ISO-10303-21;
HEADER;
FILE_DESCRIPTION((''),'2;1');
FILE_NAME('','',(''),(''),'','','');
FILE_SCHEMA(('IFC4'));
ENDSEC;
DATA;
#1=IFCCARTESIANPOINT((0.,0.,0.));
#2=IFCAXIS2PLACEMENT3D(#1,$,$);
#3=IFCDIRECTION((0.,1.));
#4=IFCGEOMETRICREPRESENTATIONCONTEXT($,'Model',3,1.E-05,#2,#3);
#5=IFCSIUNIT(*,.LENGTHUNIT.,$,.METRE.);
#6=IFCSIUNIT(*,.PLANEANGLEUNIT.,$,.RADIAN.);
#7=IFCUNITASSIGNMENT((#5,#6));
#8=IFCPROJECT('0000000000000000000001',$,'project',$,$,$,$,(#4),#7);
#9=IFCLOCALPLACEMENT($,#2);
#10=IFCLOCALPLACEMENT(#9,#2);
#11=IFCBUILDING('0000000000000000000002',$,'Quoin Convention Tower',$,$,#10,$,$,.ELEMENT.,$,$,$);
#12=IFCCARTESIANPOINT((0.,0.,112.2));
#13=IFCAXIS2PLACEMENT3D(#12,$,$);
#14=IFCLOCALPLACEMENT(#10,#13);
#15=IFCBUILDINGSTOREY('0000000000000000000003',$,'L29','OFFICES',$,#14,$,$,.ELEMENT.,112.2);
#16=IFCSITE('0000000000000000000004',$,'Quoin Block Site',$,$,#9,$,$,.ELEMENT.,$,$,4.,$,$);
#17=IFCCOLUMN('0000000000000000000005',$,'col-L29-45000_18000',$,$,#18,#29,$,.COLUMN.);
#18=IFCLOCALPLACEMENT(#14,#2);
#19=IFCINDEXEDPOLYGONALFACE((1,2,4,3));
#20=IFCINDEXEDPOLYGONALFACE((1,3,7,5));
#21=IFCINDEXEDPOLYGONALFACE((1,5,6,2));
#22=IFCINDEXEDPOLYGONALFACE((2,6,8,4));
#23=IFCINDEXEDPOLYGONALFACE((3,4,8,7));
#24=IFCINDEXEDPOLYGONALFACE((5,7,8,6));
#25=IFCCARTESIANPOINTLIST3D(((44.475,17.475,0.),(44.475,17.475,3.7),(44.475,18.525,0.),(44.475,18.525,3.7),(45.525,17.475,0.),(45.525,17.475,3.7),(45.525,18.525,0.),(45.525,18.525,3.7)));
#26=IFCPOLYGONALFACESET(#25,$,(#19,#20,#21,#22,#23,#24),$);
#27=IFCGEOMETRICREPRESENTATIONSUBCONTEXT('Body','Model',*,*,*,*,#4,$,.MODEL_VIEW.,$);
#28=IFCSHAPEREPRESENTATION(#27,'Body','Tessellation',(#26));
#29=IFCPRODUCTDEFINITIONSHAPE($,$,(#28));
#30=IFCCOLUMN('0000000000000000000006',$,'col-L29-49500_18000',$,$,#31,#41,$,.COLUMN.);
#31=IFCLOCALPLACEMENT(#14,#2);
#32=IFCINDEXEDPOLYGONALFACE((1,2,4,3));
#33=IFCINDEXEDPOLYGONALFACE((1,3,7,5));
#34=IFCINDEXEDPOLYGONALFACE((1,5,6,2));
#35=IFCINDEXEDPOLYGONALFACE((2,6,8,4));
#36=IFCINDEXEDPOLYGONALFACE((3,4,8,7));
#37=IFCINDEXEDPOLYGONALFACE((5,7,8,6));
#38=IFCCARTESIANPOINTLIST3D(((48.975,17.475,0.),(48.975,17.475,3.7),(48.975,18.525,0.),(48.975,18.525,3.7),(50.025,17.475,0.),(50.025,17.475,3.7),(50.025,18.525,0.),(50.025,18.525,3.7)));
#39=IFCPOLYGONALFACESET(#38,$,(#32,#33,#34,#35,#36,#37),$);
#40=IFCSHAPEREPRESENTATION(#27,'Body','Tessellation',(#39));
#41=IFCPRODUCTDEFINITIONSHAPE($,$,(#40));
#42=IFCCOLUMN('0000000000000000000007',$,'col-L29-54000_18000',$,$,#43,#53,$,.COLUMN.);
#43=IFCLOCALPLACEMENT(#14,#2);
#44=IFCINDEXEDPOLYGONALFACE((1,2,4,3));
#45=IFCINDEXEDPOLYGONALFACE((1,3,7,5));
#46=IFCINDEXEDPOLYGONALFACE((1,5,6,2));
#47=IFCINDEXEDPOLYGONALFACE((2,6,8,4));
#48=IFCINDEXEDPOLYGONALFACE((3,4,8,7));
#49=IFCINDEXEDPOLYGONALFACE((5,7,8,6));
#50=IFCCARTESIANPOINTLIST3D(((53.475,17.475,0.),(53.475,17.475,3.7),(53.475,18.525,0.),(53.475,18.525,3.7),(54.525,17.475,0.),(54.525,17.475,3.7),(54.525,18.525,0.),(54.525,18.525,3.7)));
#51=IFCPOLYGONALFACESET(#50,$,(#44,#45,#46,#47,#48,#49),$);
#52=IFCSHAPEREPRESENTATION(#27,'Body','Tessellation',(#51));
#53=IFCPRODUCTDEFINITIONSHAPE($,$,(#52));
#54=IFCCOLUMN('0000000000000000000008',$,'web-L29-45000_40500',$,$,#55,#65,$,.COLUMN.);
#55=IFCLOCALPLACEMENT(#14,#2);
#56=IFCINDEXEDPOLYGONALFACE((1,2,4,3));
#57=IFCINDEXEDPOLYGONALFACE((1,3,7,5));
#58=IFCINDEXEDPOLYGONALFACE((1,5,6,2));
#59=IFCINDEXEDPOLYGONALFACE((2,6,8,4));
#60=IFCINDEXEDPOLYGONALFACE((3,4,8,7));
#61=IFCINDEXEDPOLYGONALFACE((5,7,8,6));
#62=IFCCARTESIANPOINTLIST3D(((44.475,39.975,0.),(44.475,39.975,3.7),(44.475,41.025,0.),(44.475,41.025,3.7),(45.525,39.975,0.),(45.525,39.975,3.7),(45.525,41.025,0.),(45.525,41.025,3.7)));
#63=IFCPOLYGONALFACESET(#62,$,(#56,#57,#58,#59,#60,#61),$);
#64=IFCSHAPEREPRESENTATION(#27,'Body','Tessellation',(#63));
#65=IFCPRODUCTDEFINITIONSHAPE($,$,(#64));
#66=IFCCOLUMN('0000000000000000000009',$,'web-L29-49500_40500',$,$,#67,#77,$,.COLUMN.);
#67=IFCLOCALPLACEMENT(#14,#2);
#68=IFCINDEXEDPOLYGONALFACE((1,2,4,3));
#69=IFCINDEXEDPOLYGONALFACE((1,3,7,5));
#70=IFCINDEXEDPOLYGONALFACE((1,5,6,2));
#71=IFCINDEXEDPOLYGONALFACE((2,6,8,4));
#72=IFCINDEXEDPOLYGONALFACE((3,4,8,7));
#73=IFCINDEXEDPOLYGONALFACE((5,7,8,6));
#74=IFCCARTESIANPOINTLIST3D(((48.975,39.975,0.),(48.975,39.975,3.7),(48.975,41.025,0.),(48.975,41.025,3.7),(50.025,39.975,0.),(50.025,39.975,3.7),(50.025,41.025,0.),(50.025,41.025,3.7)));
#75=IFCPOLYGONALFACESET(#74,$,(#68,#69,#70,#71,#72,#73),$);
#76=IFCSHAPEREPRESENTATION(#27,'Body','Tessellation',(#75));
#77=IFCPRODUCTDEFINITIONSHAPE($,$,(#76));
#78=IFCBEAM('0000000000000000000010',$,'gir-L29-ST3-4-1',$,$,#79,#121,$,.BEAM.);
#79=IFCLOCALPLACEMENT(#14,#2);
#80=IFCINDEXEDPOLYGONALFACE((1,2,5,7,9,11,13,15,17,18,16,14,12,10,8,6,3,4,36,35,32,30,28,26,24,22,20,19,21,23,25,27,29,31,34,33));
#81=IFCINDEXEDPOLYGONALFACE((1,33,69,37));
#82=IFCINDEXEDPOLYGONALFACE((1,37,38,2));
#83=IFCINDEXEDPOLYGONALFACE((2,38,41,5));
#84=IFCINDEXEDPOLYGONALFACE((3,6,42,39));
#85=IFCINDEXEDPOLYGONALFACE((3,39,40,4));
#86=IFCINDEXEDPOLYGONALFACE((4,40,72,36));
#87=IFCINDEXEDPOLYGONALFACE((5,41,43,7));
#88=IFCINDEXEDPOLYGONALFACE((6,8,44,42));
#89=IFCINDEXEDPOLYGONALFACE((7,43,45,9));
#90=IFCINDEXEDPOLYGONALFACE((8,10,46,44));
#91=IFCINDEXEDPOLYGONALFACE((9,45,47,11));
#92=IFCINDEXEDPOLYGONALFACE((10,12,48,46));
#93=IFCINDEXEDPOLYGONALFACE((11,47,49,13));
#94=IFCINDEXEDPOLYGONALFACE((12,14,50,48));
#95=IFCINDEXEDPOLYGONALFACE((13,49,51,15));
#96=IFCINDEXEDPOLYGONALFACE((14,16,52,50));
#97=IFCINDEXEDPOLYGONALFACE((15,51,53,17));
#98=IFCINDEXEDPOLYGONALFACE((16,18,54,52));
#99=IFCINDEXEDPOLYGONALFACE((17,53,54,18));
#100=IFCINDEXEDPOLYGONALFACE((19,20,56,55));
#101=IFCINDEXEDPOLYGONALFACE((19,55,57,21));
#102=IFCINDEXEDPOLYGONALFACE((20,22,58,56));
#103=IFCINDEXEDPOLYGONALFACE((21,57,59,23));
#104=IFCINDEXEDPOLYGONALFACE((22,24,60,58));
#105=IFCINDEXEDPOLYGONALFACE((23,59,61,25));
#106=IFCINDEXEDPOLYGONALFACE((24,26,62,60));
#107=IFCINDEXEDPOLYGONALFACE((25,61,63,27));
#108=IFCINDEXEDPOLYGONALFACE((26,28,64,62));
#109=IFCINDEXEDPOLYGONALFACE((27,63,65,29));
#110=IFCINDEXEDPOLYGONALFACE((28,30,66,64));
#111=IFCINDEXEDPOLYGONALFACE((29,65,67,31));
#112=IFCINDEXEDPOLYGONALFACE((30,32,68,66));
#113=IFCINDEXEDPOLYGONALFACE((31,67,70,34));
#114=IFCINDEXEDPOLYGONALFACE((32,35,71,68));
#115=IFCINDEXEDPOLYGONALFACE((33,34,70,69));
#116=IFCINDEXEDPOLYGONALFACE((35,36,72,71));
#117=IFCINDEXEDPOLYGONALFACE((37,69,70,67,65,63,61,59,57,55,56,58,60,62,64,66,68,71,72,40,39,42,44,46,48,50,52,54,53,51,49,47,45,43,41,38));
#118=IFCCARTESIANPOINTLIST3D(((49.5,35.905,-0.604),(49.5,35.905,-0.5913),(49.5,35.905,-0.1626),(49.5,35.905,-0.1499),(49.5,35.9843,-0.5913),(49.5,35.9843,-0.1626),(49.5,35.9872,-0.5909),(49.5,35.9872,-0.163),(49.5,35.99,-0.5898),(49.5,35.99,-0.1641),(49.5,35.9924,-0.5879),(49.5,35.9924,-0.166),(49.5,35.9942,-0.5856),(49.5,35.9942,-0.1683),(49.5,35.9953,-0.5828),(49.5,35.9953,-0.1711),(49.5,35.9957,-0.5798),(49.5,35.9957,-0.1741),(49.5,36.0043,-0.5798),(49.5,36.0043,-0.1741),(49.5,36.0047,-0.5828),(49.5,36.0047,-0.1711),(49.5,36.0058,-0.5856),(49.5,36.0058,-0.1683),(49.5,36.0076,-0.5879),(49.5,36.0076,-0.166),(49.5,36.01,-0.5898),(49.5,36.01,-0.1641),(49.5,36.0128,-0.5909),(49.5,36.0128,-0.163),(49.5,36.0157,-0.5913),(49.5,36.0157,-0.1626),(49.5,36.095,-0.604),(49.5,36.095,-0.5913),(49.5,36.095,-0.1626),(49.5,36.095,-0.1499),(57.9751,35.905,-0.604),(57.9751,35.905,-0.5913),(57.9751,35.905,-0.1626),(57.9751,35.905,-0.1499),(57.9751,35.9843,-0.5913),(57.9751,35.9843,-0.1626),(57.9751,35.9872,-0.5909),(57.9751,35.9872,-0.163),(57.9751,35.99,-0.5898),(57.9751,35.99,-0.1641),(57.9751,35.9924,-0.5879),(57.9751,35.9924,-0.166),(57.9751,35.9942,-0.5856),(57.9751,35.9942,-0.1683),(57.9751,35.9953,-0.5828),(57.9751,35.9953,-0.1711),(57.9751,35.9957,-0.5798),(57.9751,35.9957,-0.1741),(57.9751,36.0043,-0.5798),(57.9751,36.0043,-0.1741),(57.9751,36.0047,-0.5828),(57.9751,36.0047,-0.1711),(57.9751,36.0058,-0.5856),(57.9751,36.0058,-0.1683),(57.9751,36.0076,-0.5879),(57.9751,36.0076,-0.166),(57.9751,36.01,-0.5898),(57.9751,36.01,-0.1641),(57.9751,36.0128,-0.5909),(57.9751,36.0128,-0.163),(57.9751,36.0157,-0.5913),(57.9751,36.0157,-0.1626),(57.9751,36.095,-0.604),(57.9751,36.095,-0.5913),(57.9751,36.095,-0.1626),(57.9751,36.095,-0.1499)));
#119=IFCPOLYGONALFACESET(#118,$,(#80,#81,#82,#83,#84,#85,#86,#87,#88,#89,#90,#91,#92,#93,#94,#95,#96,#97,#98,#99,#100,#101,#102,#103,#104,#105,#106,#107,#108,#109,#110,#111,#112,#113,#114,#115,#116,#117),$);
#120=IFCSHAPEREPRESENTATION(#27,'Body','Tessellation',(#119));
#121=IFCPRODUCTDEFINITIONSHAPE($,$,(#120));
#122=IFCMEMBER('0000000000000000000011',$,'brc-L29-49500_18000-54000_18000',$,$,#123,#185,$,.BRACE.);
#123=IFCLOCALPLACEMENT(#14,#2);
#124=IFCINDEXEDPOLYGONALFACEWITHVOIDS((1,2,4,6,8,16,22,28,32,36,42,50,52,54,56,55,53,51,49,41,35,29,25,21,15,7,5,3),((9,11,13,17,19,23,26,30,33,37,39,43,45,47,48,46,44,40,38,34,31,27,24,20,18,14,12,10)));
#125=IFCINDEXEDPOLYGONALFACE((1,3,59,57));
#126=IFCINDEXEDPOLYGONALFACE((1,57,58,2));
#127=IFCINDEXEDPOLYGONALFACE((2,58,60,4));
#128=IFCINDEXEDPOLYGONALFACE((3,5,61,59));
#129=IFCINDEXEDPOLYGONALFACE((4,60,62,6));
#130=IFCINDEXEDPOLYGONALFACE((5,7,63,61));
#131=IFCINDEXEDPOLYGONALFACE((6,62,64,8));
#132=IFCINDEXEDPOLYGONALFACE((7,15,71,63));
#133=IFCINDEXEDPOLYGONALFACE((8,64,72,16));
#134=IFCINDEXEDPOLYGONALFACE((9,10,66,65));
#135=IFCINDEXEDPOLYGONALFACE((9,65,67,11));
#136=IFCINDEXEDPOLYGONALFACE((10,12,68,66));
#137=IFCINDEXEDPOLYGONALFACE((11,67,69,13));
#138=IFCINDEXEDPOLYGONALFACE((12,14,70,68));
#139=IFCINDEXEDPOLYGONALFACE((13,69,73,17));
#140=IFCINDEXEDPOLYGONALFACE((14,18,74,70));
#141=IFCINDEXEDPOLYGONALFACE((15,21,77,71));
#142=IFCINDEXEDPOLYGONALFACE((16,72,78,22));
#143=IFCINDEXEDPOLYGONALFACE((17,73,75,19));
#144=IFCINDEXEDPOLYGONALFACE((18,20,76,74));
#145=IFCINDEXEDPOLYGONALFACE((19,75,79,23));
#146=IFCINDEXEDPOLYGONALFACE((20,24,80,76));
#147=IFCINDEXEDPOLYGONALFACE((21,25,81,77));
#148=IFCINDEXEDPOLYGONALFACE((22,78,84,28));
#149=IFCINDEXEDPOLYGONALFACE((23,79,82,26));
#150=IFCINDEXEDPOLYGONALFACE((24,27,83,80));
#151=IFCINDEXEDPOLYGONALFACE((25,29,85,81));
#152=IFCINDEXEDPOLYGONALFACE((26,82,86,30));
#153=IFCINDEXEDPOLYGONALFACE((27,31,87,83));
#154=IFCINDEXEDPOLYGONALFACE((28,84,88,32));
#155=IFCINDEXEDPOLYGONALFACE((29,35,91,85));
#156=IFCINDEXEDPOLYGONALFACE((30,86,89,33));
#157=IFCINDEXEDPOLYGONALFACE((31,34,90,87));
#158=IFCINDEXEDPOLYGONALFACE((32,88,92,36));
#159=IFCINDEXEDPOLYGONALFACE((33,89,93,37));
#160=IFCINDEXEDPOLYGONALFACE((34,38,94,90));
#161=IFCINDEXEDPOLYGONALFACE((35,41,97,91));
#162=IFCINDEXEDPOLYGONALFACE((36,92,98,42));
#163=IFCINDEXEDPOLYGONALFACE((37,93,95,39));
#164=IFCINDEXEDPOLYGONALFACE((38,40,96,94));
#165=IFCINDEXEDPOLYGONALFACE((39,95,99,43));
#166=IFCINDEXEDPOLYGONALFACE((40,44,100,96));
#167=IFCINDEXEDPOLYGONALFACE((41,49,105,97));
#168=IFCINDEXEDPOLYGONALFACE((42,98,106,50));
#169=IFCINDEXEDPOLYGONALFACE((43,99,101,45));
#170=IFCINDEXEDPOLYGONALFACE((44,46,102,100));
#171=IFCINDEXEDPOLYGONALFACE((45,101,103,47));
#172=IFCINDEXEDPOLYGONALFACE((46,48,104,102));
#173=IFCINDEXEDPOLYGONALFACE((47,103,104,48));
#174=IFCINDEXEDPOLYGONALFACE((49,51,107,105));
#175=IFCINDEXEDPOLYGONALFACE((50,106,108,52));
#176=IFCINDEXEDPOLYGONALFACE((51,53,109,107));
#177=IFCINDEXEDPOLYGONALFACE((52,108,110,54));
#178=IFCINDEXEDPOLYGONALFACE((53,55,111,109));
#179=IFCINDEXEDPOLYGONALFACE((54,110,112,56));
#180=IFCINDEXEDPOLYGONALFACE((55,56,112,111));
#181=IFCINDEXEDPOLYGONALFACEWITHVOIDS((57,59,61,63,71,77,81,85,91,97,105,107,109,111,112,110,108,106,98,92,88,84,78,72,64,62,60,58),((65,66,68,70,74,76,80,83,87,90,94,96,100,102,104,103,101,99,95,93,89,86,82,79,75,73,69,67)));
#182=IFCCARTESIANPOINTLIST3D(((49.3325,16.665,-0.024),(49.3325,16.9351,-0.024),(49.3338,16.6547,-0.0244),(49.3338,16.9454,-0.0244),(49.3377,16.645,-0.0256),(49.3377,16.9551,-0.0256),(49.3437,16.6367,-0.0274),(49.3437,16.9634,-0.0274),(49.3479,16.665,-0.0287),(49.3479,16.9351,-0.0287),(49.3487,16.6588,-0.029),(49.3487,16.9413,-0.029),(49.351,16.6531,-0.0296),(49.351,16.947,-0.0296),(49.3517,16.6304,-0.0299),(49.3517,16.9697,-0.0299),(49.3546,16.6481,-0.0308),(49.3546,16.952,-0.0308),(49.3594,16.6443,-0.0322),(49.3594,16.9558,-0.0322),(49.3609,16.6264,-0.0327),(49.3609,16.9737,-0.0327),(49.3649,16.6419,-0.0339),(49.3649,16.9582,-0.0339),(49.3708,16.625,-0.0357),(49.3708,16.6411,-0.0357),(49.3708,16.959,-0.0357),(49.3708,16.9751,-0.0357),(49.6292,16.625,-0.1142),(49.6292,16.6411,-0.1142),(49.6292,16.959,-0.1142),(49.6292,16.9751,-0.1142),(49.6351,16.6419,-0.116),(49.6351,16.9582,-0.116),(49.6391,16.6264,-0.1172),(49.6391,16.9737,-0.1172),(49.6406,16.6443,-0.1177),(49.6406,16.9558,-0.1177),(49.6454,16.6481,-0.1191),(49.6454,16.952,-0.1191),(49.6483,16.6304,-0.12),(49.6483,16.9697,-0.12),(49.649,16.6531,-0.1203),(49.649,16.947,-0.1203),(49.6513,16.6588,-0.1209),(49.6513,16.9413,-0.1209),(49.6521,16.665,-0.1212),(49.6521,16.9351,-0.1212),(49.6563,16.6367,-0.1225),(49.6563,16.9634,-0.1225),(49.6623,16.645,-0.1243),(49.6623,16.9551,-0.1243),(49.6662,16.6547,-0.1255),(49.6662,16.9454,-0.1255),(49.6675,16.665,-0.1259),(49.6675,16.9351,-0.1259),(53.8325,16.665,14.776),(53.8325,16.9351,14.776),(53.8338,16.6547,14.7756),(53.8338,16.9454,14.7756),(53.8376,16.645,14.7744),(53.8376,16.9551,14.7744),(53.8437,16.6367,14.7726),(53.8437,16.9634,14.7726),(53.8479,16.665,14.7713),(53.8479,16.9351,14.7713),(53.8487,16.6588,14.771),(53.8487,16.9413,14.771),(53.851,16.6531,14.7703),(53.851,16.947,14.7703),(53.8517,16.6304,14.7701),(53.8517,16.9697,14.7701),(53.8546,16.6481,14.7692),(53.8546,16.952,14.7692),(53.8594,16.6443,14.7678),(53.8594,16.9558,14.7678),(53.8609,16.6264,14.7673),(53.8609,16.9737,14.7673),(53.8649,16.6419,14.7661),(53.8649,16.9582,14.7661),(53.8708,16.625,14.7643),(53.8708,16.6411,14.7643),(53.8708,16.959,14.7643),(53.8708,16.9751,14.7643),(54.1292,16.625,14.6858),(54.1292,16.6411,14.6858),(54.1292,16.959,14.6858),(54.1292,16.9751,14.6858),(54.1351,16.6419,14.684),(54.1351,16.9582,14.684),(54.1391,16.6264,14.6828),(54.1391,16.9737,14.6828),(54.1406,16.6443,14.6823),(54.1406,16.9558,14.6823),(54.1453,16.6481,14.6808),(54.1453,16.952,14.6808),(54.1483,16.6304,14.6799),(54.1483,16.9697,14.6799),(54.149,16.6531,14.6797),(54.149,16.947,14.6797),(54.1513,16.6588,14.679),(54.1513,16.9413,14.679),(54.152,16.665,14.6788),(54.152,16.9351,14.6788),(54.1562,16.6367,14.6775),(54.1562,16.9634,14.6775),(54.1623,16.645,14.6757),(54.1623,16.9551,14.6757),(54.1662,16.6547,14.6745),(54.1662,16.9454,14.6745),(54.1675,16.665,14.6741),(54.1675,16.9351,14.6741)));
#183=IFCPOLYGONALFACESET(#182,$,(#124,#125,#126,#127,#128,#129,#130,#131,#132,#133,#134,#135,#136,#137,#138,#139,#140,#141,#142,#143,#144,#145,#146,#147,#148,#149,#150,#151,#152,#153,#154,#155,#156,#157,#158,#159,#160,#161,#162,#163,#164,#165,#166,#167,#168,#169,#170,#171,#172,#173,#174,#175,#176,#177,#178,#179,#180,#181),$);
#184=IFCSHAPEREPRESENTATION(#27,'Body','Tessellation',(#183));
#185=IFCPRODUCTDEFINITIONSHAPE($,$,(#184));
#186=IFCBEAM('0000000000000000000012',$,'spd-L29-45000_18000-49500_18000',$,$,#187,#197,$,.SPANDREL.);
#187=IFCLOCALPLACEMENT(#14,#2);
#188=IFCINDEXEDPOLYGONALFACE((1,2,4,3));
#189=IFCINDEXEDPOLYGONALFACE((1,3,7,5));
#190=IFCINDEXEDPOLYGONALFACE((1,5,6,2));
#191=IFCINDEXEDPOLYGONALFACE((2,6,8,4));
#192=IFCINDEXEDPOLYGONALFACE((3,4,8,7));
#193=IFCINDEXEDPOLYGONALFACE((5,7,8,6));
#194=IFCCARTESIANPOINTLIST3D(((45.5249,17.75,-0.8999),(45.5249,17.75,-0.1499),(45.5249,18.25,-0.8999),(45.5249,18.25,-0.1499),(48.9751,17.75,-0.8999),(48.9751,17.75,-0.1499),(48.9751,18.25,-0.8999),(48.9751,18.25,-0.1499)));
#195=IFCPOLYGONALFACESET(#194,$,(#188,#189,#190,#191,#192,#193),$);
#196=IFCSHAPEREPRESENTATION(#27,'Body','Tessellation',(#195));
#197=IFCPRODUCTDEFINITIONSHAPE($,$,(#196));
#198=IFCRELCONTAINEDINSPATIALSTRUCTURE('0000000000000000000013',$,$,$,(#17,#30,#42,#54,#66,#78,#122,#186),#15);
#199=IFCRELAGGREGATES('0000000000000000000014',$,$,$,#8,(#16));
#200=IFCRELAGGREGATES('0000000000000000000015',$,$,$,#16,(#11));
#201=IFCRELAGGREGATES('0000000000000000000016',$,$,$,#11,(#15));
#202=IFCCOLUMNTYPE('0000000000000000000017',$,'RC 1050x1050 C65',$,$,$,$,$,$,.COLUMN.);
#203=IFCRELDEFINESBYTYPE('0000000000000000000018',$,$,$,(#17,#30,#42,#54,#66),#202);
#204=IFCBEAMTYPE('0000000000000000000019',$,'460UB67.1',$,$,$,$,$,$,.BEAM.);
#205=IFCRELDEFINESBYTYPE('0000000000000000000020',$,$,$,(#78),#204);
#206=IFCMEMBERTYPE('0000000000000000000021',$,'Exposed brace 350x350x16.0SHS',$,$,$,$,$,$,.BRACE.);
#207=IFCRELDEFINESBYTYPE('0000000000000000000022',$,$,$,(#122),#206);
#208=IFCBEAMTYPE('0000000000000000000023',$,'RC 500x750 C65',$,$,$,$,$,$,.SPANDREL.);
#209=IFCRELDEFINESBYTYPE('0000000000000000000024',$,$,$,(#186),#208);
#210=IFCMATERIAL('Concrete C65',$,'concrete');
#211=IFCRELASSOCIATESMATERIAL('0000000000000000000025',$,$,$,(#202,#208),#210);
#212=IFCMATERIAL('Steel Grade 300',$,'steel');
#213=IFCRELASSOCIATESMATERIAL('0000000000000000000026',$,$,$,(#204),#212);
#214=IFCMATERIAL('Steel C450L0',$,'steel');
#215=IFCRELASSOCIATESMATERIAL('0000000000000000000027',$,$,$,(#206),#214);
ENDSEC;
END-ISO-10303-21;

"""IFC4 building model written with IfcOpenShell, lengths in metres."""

from ifc_helpers import new_model, si_unit, direction, frame, origin, origin_2d, place, context, subcontext, project, spatial, rectangle, hollow_rectangle, i_section, extrude, material, material_profile, profile_set, type_object, element, save


model = new_model("IFC4")

# Units and contexts
model_context = context("Model", 3, precision=1e-05, world=origin(), true_north=direction((0.0, 1.0)))
body_context = subcontext(model_context, "Body", "Model", "MODEL_VIEW")
ifc_project = project(units=[si_unit("LENGTHUNIT", "METRE"), si_unit("PLANEANGLEUNIT", "RADIAN")], contexts=[model_context])

# Site, building, storey
site_placement = place(None, origin())
site = spatial("IfcSite", under=ifc_project, at=site_placement, Name="Quoin Block Site", CompositionType="ELEMENT", RefElevation=4.0)
building_placement = place(site_placement, origin())
building = spatial("IfcBuilding", under=site, at=building_placement, Name="Quoin Convention Tower", CompositionType="ELEMENT")
storey_placement = place(building_placement, frame((0.0, 0.0, 112.2)))
storey = spatial("IfcBuildingStorey", under=building, at=storey_placement, Name="L29", Description="OFFICES", CompositionType="ELEMENT", Elevation=112.2)

# Columns
ifc_material_1 = material(Name="Concrete C65", Category="concrete")
ifc_material_profile_1 = material_profile(ifc_material_1, rectangle(XDim=1.05, YDim=1.05, at=origin_2d()), Name="RC 1050x1050")
ifc_profile_set_1 = profile_set([ifc_material_profile_1], Name="Concrete C65")
column_type = type_object("IfcColumnType", Name="RC 1050x1050 C65", PredefinedType="COLUMN", material=ifc_profile_set_1)
for number, where, z_axis, x_axis, name in (
    (1, (45.0, 18.0, 0.0), (0.0, 0.0, 1.0), (1.0, 0.0, 0.0), "col-L29-45000_18000"),
    (2, (49.5, 18.0, 0.0), (0.0, 0.0, 1.0), (1.0, 0.0, 0.0), "col-L29-49500_18000"),
    (3, (54.0, 18.0, 0.0), (0.0, 0.0, 1.0), (1.0, 0.0, 0.0), "col-L29-54000_18000"),
    (4, (45.0, 40.5, 0.0), (0.0, 0.0, 1.0), (1.0, 0.0, 0.0), "web-L29-45000_40500"),
    (5, (49.5, 40.5, 0.0), (0.0, 0.0, 1.0), (1.0, 0.0, 0.0), "web-L29-49500_40500"),
):
    element("IfcColumn", number, at=place(storey_placement, frame(where, z_axis=z_axis, x_axis=x_axis)), inside=storey, type_object=column_type, Name=name, PredefinedType="COLUMN", context=body_context, shape_type="SweptSolid", body=[
        extrude(rectangle(XDim=1.05, YDim=1.05, at=origin_2d()), origin(), (0.0, 0.0, 1.0), 3.7),
    ])

# Beam
ifc_material_2 = material(Name="Steel Grade 300", Category="steel")
ifc_material_profile_2 = material_profile(ifc_material_2, i_section(OverallWidth=0.1899, OverallDepth=0.4541, WebThickness=0.0085, FlangeThickness=0.0127, FilletRadius=0.0115, at=origin_2d()), Name="460UB67.1")
ifc_profile_set_2 = profile_set([ifc_material_profile_2], Name="Steel Grade 300")
beam_type_1 = type_object("IfcBeamType", Name="460UB67.1", PredefinedType="BEAM", material=ifc_profile_set_2)
beam_placement = place(storey_placement, frame((49.5, 36.0, -0.377), z_axis=(1.0, 0.0, 0.0), x_axis=(0.0, 1.0, 0.0)))
element("IfcBeam", 6, at=beam_placement, inside=storey, type_object=beam_type_1, Name="gir-L29-ST3-4-1", PredefinedType="BEAM", context=body_context, shape_type="SweptSolid", body=[
    extrude(i_section(OverallWidth=0.1899, OverallDepth=0.4541, WebThickness=0.0085, FlangeThickness=0.0127, FilletRadius=0.0115, at=origin_2d()), origin(), (0.0, 0.0, 1.0), 8.4751),
])

# Member
ifc_material_3 = material(Name="Steel C450L0", Category="steel")
ifc_material_profile_3 = material_profile(ifc_material_3, hollow_rectangle(XDim=0.3501, YDim=0.3501, WallThickness=0.0161, InnerFilletRadius=0.0239, OuterFilletRadius=0.04, at=origin_2d()), Name="350x350x16.0SHS")
ifc_profile_set_3 = profile_set([ifc_material_profile_3], Name="Steel C450L0")
member_type = type_object("IfcMemberType", Name="Exposed brace 350x350x16.0SHS", PredefinedType="BRACE", material=ifc_profile_set_3)
member_placement = place(storey_placement, frame((49.5, 16.8, -0.075), z_axis=(0.290903, 0.0, 0.956752), x_axis=(0.0, 1.0, 0.0)))
element("IfcMember", 7, at=member_placement, inside=storey, type_object=member_type, Name="brc-L29-49500_18000-54000_18000", PredefinedType="BRACE", context=body_context, shape_type="SweptSolid", body=[
    extrude(hollow_rectangle(XDim=0.3501, YDim=0.3501, WallThickness=0.0161, InnerFilletRadius=0.0239, OuterFilletRadius=0.04, at=origin_2d()), origin(), (0.0, 0.0, 1.0), 15.469),
])

# Beam
ifc_material_profile_4 = material_profile(ifc_material_1, rectangle(XDim=0.5, YDim=0.75, at=origin_2d()), Name="RC 500x750")
ifc_profile_set_4 = profile_set([ifc_material_profile_4], Name="Concrete C65")
beam_type_2 = type_object("IfcBeamType", Name="RC 500x750 C65", PredefinedType="SPANDREL", material=ifc_profile_set_4)
for number, where, z_axis, x_axis, name in (
    (8, (45.5249, 18.0, -0.5249), (1.0, 0.0, 0.0), (0.0, 1.0, 0.0), "spd-L29-45000_18000-49500_18000"),
):
    element("IfcBeam", number, at=place(storey_placement, frame(where, z_axis=z_axis, x_axis=x_axis)), inside=storey, type_object=beam_type_2, Name=name, PredefinedType="SPANDREL", context=body_context, shape_type="SweptSolid", body=[
        extrude(rectangle(XDim=0.5, YDim=0.75, at=origin_2d()), origin(), (0.0, 0.0, 1.0), 3.4502),
    ])

save(model, "model.ifc")
